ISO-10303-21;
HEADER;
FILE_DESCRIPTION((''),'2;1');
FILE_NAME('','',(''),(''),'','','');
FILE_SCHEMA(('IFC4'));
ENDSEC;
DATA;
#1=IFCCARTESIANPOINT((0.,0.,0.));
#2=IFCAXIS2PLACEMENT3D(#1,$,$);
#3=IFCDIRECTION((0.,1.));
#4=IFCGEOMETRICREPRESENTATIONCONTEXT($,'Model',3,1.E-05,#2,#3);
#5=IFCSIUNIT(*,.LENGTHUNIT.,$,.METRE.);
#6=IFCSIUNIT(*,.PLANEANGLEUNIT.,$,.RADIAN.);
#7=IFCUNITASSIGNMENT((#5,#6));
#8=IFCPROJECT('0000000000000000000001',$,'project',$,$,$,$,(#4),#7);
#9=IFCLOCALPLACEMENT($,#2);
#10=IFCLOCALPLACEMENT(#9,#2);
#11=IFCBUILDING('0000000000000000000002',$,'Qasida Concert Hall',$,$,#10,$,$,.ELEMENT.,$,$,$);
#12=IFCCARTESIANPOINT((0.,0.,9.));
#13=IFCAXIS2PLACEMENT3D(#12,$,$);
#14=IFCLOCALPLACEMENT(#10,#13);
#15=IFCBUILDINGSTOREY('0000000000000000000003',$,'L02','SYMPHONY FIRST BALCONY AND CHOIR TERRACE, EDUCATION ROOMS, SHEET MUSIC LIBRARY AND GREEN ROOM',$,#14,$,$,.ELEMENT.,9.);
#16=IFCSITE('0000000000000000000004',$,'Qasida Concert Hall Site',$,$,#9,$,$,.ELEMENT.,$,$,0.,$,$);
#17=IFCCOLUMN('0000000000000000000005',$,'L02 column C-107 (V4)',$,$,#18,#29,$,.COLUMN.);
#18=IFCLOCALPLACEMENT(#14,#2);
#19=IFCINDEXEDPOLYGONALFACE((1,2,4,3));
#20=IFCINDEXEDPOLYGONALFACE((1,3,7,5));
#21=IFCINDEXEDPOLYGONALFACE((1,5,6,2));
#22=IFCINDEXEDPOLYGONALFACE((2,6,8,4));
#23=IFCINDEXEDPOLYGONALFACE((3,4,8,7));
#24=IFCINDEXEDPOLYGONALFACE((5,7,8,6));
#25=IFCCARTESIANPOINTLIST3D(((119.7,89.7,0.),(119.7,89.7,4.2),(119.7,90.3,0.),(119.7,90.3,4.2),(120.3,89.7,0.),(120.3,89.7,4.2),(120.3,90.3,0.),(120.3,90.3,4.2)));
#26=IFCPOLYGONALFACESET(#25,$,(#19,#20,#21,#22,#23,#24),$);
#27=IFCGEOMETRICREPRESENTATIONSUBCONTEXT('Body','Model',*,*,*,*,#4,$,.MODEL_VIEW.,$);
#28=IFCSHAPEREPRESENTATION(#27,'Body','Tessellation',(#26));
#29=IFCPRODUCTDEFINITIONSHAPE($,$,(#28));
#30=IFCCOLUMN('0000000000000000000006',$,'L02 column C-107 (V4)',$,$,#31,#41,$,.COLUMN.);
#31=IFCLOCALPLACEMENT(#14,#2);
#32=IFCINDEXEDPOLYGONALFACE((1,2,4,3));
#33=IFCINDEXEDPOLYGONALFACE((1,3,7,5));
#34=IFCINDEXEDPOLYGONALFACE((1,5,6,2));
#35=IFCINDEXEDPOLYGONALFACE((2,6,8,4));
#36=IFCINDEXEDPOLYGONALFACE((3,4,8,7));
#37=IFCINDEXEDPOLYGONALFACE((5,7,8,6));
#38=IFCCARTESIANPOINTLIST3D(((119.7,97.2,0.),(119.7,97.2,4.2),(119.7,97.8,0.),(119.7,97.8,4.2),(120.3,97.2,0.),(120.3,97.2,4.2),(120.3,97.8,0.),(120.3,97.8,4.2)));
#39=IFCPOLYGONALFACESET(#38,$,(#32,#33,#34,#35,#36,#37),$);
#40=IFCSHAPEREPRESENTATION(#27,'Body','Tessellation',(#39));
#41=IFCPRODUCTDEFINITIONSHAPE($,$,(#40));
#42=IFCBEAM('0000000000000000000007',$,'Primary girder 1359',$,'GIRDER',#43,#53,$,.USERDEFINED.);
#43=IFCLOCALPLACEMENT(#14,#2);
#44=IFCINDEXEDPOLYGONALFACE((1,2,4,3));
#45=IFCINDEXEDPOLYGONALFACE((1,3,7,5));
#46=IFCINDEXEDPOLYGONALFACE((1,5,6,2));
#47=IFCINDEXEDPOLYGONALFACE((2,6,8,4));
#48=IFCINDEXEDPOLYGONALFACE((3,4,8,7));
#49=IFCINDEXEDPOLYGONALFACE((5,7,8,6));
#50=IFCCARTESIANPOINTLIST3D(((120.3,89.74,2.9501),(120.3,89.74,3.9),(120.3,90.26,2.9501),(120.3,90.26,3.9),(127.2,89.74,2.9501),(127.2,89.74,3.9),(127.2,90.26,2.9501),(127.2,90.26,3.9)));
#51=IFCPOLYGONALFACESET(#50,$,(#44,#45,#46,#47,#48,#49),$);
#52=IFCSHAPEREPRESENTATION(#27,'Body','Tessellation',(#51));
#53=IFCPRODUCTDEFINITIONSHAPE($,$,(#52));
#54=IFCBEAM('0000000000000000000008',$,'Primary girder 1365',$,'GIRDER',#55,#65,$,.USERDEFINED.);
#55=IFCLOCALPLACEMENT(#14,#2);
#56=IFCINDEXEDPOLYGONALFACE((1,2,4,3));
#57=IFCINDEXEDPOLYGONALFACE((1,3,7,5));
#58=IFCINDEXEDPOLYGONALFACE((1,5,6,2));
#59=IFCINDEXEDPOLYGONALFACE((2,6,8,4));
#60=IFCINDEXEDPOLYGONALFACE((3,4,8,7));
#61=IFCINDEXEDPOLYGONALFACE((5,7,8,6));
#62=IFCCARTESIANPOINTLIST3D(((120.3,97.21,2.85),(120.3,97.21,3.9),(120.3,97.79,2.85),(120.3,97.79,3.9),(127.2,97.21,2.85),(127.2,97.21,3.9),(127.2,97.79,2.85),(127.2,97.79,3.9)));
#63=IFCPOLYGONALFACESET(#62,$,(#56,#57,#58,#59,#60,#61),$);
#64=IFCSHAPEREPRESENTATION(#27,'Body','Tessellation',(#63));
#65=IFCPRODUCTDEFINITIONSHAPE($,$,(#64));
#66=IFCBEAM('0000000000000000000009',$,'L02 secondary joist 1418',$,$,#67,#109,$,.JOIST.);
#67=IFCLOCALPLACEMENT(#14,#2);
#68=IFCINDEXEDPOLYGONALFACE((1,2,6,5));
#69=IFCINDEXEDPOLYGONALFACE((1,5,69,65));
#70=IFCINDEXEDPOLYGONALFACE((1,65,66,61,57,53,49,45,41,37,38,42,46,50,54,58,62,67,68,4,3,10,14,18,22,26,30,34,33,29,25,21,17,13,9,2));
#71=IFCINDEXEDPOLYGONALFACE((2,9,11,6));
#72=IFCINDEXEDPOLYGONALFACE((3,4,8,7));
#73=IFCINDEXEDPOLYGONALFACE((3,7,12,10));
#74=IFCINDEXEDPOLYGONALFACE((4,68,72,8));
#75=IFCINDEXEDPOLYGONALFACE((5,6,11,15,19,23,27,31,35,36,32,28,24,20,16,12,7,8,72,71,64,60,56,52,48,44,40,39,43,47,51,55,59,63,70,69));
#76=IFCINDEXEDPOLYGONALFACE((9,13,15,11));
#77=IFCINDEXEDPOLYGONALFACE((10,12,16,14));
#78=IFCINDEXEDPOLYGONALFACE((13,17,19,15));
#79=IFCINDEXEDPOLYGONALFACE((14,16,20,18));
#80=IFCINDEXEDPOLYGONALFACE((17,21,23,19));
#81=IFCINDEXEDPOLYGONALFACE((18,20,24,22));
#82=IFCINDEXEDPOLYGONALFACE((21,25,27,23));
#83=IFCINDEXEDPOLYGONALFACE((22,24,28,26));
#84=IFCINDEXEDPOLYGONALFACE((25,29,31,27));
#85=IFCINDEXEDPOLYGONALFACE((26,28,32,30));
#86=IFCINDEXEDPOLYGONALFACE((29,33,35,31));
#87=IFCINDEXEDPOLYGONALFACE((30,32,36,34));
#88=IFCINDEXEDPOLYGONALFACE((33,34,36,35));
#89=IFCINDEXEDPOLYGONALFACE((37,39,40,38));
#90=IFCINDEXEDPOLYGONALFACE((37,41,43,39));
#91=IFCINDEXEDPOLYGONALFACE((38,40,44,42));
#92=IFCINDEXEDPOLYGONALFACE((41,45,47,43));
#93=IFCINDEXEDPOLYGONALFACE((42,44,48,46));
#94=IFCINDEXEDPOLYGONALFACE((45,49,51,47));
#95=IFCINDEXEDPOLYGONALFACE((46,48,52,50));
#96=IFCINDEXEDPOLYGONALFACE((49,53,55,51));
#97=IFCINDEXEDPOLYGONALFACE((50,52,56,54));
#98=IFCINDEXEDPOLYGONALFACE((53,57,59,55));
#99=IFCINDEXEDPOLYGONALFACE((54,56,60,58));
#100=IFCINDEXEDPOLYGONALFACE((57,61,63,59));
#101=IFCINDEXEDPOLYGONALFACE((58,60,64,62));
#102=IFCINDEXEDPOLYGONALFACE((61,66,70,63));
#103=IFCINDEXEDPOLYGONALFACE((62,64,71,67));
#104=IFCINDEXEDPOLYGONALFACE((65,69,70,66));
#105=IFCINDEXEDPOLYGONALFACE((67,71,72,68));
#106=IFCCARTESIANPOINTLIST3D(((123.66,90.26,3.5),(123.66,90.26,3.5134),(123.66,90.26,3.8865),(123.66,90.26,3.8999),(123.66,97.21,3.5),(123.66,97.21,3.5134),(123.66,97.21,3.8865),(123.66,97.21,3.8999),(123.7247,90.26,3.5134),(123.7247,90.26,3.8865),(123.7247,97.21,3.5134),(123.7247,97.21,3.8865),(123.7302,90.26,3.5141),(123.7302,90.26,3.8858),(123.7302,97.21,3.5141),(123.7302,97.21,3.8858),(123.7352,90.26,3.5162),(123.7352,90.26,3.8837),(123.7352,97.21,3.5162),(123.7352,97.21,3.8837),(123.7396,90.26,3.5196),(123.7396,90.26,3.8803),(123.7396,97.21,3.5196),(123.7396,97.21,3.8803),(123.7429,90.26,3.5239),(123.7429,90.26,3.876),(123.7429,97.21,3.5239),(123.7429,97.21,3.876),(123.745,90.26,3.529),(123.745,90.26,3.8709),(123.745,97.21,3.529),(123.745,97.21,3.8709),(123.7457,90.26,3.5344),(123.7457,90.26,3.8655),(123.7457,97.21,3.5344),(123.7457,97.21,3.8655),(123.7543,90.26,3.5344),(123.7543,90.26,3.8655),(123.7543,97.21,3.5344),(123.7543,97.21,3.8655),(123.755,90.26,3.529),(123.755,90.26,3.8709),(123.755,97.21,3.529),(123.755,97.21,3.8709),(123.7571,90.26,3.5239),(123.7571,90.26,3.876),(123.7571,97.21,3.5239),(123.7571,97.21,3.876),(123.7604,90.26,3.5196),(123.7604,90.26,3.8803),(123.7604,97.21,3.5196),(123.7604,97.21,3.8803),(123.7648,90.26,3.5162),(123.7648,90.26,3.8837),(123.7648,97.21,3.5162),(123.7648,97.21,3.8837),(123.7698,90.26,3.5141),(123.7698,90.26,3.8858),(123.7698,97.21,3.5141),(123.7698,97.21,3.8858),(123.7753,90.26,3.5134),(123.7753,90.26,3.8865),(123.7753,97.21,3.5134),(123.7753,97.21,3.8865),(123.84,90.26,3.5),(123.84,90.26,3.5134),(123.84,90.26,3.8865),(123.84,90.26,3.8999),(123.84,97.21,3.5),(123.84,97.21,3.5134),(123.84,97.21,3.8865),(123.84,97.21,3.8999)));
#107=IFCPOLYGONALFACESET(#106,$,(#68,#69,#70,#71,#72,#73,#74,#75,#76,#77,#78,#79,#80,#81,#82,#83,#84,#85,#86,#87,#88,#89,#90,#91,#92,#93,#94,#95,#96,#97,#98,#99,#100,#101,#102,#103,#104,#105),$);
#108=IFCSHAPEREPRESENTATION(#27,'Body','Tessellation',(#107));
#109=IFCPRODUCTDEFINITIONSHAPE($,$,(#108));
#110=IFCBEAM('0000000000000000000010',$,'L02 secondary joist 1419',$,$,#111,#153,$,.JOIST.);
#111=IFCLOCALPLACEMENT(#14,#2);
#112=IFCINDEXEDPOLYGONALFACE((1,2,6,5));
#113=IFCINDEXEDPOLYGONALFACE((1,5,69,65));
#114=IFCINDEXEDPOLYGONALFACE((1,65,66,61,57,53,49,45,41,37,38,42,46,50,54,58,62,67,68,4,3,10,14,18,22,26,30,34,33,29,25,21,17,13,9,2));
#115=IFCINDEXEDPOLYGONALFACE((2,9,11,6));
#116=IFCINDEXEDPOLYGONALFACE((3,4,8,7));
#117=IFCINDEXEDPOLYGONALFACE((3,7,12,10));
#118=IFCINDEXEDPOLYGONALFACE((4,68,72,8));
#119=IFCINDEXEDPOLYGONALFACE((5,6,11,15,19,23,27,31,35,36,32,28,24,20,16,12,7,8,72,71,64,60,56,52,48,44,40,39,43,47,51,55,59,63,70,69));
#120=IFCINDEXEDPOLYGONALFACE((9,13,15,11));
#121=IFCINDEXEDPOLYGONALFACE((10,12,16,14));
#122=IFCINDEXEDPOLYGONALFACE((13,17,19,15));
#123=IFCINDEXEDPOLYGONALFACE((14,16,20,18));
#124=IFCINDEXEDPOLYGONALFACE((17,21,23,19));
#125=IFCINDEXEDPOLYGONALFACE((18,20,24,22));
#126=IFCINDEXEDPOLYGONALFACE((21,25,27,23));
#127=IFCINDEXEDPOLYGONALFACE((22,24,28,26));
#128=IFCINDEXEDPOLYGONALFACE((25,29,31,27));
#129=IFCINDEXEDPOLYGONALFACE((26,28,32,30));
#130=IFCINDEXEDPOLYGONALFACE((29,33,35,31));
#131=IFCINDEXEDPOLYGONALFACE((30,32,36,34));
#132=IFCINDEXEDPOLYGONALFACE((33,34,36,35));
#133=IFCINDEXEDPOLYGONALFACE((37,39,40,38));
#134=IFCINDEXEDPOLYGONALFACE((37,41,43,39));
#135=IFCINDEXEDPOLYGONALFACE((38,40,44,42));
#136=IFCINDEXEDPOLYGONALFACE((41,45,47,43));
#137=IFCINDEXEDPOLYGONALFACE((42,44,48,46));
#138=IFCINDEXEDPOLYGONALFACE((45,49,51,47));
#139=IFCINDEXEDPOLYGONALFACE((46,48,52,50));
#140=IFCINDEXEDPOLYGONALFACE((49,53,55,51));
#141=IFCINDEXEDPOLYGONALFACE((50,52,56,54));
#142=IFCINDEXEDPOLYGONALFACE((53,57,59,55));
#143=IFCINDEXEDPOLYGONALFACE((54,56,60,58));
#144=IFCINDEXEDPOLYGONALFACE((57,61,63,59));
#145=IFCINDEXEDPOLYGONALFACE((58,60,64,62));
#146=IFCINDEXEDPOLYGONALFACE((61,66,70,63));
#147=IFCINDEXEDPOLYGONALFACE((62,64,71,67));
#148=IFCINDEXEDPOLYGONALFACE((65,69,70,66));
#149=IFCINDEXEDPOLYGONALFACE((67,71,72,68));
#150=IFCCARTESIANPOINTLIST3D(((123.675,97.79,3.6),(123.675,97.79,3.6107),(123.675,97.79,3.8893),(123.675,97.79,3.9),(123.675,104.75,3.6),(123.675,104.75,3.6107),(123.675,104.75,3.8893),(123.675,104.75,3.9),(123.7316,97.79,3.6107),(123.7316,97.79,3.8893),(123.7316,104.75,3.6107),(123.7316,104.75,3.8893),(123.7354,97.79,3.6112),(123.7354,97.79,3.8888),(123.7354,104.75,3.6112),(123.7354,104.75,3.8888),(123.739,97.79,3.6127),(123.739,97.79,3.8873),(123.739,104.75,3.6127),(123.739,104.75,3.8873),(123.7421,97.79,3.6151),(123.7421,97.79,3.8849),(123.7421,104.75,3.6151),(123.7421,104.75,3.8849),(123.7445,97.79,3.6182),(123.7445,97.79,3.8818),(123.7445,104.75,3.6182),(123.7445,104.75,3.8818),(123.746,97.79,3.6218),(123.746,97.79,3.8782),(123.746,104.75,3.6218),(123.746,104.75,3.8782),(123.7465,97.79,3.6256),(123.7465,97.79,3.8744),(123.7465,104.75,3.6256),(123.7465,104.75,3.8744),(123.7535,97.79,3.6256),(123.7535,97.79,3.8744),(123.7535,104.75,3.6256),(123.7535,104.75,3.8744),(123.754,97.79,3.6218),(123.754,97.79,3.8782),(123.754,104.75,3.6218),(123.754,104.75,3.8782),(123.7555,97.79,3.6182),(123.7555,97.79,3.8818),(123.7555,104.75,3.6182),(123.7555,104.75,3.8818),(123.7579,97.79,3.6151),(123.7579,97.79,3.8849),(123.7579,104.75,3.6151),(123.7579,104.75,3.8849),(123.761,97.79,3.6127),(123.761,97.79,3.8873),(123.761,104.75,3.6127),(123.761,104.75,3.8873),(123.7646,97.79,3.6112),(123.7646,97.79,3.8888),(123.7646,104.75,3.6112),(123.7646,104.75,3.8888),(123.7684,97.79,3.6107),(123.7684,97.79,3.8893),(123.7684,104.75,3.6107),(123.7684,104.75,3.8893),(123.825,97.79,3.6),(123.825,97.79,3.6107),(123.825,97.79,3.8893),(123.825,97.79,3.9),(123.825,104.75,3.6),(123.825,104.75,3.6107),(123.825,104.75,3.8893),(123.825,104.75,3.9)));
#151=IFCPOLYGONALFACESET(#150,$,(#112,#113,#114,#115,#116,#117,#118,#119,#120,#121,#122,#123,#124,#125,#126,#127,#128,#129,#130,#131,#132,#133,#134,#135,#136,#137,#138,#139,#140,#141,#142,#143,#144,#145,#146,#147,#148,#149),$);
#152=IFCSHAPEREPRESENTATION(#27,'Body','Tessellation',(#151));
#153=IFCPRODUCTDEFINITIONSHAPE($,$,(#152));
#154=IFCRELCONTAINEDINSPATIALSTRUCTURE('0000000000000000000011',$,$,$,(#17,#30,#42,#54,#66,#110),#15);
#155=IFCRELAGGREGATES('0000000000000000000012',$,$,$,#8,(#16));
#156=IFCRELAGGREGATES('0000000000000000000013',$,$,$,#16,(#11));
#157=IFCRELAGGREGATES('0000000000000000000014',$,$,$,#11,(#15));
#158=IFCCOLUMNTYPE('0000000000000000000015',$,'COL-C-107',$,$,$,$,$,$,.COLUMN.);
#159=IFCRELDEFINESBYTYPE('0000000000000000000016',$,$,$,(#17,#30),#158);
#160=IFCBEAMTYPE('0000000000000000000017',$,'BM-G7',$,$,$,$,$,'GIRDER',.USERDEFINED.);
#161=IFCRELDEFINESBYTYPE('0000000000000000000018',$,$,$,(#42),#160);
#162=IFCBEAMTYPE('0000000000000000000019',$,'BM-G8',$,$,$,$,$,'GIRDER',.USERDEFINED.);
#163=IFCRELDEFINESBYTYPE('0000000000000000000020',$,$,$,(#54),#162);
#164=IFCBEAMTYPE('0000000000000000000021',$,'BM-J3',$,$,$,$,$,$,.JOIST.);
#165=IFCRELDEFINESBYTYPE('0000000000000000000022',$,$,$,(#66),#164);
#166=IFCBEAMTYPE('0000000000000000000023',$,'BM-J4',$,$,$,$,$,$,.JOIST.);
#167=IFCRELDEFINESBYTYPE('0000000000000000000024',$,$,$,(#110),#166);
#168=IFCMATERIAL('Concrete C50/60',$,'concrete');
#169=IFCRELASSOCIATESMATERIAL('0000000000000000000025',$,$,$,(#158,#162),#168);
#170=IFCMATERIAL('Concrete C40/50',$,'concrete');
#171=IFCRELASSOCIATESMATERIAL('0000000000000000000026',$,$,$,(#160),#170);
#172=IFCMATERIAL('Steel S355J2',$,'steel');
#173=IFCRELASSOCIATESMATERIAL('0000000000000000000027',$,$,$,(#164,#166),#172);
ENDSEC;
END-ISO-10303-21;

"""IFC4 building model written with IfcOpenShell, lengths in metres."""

from ifc_helpers import new_model, si_unit, direction, frame, origin, origin_2d, place, context, subcontext, project, spatial, rectangle, i_section, extrude, material, material_profile, profile_set, type_object, element, save


model = new_model("IFC4")

# Units and contexts
model_context = context("Model", 3, precision=1e-05, world=origin(), true_north=direction((0.0, 1.0)))
body_context = subcontext(model_context, "Body", "Model", "MODEL_VIEW")
ifc_project = project(units=[si_unit("LENGTHUNIT", "METRE"), si_unit("PLANEANGLEUNIT", "RADIAN")], contexts=[model_context])

# Site, building, storey
site_placement = place(None, origin())
site = spatial("IfcSite", under=ifc_project, at=site_placement, Name="Qasida Concert Hall Site", CompositionType="ELEMENT", RefElevation=0.0)
building_placement = place(site_placement, origin())
building = spatial("IfcBuilding", under=site, at=building_placement, Name="Qasida Concert Hall", CompositionType="ELEMENT")
storey_placement = place(building_placement, frame((0.0, 0.0, 9.0)))
storey = spatial("IfcBuildingStorey", under=building, at=storey_placement, Name="L02", Description="SYMPHONY FIRST BALCONY AND CHOIR TERRACE, EDUCATION ROOMS, SHEET MUSIC LIBRARY AND GREEN ROOM", CompositionType="ELEMENT", Elevation=9.0)

# Columns
ifc_material_1 = material(Name="Concrete C50/60", Category="concrete")
ifc_material_profile_1 = material_profile(ifc_material_1, rectangle(XDim=0.6001, YDim=0.6001, at=origin_2d()), Name="RC 600x600")
ifc_profile_set_1 = profile_set([ifc_material_profile_1], Name="Concrete C50/60")
column_type = type_object("IfcColumnType", Name="COL-C-107", PredefinedType="COLUMN", material=ifc_profile_set_1)
for number, where, z_axis, x_axis, name in (
    (1, (120.0, 90.0, 0.0), (0.0, 0.0, 1.0), (1.0, 0.0, 0.0), "L02 column C-107 (V4)"),
    (2, (120.0, 97.5, 0.0), (0.0, 0.0, 1.0), (1.0, 0.0, 0.0), "L02 column C-107 (V4)"),
):
    element("IfcColumn", number, at=place(storey_placement, frame(where, z_axis=z_axis, x_axis=x_axis)), inside=storey, type_object=column_type, Name=name, PredefinedType="COLUMN", context=body_context, shape_type="SweptSolid", body=[
        extrude(rectangle(XDim=0.6001, YDim=0.6001, at=origin_2d()), origin(), (0.0, 0.0, 1.0), 4.2),
    ])

# Beams
ifc_material_2 = material(Name="Concrete C40/50", Category="concrete")
ifc_material_profile_2 = material_profile(ifc_material_2, rectangle(XDim=0.52, YDim=0.95, at=origin_2d()), Name="RC 520x950")
ifc_profile_set_2 = profile_set([ifc_material_profile_2], Name="Concrete C40/50")
beam_type_1 = type_object("IfcBeamType", Name="BM-G7", ElementType="GIRDER", PredefinedType="USERDEFINED", material=ifc_profile_set_2)
beam_1_placement = place(storey_placement, frame((120.3, 90.0, 3.425), z_axis=(1.0, 0.0, 0.0), x_axis=(0.0, 1.0, 0.0)))
element("IfcBeam", 3, at=beam_1_placement, inside=storey, type_object=beam_type_1, Name="Primary girder 1359", ObjectType="GIRDER", PredefinedType="USERDEFINED", context=body_context, shape_type="SweptSolid", body=[
    extrude(rectangle(XDim=0.52, YDim=0.95, at=origin_2d()), origin(), (0.0, 0.0, 1.0), 6.8999),
])
ifc_material_profile_3 = material_profile(ifc_material_1, rectangle(XDim=0.5801, YDim=1.05, at=origin_2d()), Name="RC 580x1050")
ifc_profile_set_3 = profile_set([ifc_material_profile_3], Name="Concrete C50/60")
beam_type_2 = type_object("IfcBeamType", Name="BM-G8", ElementType="GIRDER", PredefinedType="USERDEFINED", material=ifc_profile_set_3)
beam_2_placement = place(storey_placement, frame((120.3, 97.5, 3.375), z_axis=(1.0, 0.0, 0.0), x_axis=(0.0, 1.0, 0.0)))
element("IfcBeam", 4, at=beam_2_placement, inside=storey, type_object=beam_type_2, Name="Primary girder 1365", ObjectType="GIRDER", PredefinedType="USERDEFINED", context=body_context, shape_type="SweptSolid", body=[
    extrude(rectangle(XDim=0.5801, YDim=1.05, at=origin_2d()), origin(), (0.0, 0.0, 1.0), 6.8999),
])
ifc_material_3 = material(Name="Steel S355J2", Category="steel")
ifc_material_profile_4 = material_profile(ifc_material_3, i_section(OverallWidth=0.1799, OverallDepth=0.3999, WebThickness=0.0085, FlangeThickness=0.0134, FilletRadius=0.021, at=origin_2d()), Name="IPE 400")
ifc_profile_set_4 = profile_set([ifc_material_profile_4], Name="Steel S355J2")
beam_type_3 = type_object("IfcBeamType", Name="BM-J3", PredefinedType="JOIST", material=ifc_profile_set_4)
beam_3_placement = place(storey_placement, frame((123.75, 90.26, 3.7), z_axis=(0.0, 1.0, 0.0), x_axis=(-1.0, 0.0, 0.0)))
element("IfcBeam", 5, at=beam_3_placement, inside=storey, type_object=beam_type_3, Name="L02 secondary joist 1418", PredefinedType="JOIST", context=body_context, shape_type="SweptSolid", body=[
    extrude(i_section(OverallWidth=0.1799, OverallDepth=0.3999, WebThickness=0.0085, FlangeThickness=0.0134, FilletRadius=0.021, at=origin_2d()), origin(), (0.0, 0.0, 1.0), 6.95),
])
ifc_material_profile_5 = material_profile(ifc_material_3, i_section(OverallWidth=0.1499, OverallDepth=0.3, WebThickness=0.0071, FlangeThickness=0.0107, FilletRadius=0.0149, at=origin_2d()), Name="IPE 300")
ifc_profile_set_5 = profile_set([ifc_material_profile_5], Name="Steel S355J2")
beam_type_4 = type_object("IfcBeamType", Name="BM-J4", PredefinedType="JOIST", material=ifc_profile_set_5)
beam_4_placement = place(storey_placement, frame((123.75, 97.79, 3.75), z_axis=(0.0, 1.0, 0.0), x_axis=(-1.0, 0.0, 0.0)))
element("IfcBeam", 6, at=beam_4_placement, inside=storey, type_object=beam_type_4, Name="L02 secondary joist 1419", PredefinedType="JOIST", context=body_context, shape_type="SweptSolid", body=[
    extrude(i_section(OverallWidth=0.1499, OverallDepth=0.3, WebThickness=0.0071, FlangeThickness=0.0107, FilletRadius=0.0149, at=origin_2d()), origin(), (0.0, 0.0, 1.0), 6.96),
])

save(model, "model.ifc")
